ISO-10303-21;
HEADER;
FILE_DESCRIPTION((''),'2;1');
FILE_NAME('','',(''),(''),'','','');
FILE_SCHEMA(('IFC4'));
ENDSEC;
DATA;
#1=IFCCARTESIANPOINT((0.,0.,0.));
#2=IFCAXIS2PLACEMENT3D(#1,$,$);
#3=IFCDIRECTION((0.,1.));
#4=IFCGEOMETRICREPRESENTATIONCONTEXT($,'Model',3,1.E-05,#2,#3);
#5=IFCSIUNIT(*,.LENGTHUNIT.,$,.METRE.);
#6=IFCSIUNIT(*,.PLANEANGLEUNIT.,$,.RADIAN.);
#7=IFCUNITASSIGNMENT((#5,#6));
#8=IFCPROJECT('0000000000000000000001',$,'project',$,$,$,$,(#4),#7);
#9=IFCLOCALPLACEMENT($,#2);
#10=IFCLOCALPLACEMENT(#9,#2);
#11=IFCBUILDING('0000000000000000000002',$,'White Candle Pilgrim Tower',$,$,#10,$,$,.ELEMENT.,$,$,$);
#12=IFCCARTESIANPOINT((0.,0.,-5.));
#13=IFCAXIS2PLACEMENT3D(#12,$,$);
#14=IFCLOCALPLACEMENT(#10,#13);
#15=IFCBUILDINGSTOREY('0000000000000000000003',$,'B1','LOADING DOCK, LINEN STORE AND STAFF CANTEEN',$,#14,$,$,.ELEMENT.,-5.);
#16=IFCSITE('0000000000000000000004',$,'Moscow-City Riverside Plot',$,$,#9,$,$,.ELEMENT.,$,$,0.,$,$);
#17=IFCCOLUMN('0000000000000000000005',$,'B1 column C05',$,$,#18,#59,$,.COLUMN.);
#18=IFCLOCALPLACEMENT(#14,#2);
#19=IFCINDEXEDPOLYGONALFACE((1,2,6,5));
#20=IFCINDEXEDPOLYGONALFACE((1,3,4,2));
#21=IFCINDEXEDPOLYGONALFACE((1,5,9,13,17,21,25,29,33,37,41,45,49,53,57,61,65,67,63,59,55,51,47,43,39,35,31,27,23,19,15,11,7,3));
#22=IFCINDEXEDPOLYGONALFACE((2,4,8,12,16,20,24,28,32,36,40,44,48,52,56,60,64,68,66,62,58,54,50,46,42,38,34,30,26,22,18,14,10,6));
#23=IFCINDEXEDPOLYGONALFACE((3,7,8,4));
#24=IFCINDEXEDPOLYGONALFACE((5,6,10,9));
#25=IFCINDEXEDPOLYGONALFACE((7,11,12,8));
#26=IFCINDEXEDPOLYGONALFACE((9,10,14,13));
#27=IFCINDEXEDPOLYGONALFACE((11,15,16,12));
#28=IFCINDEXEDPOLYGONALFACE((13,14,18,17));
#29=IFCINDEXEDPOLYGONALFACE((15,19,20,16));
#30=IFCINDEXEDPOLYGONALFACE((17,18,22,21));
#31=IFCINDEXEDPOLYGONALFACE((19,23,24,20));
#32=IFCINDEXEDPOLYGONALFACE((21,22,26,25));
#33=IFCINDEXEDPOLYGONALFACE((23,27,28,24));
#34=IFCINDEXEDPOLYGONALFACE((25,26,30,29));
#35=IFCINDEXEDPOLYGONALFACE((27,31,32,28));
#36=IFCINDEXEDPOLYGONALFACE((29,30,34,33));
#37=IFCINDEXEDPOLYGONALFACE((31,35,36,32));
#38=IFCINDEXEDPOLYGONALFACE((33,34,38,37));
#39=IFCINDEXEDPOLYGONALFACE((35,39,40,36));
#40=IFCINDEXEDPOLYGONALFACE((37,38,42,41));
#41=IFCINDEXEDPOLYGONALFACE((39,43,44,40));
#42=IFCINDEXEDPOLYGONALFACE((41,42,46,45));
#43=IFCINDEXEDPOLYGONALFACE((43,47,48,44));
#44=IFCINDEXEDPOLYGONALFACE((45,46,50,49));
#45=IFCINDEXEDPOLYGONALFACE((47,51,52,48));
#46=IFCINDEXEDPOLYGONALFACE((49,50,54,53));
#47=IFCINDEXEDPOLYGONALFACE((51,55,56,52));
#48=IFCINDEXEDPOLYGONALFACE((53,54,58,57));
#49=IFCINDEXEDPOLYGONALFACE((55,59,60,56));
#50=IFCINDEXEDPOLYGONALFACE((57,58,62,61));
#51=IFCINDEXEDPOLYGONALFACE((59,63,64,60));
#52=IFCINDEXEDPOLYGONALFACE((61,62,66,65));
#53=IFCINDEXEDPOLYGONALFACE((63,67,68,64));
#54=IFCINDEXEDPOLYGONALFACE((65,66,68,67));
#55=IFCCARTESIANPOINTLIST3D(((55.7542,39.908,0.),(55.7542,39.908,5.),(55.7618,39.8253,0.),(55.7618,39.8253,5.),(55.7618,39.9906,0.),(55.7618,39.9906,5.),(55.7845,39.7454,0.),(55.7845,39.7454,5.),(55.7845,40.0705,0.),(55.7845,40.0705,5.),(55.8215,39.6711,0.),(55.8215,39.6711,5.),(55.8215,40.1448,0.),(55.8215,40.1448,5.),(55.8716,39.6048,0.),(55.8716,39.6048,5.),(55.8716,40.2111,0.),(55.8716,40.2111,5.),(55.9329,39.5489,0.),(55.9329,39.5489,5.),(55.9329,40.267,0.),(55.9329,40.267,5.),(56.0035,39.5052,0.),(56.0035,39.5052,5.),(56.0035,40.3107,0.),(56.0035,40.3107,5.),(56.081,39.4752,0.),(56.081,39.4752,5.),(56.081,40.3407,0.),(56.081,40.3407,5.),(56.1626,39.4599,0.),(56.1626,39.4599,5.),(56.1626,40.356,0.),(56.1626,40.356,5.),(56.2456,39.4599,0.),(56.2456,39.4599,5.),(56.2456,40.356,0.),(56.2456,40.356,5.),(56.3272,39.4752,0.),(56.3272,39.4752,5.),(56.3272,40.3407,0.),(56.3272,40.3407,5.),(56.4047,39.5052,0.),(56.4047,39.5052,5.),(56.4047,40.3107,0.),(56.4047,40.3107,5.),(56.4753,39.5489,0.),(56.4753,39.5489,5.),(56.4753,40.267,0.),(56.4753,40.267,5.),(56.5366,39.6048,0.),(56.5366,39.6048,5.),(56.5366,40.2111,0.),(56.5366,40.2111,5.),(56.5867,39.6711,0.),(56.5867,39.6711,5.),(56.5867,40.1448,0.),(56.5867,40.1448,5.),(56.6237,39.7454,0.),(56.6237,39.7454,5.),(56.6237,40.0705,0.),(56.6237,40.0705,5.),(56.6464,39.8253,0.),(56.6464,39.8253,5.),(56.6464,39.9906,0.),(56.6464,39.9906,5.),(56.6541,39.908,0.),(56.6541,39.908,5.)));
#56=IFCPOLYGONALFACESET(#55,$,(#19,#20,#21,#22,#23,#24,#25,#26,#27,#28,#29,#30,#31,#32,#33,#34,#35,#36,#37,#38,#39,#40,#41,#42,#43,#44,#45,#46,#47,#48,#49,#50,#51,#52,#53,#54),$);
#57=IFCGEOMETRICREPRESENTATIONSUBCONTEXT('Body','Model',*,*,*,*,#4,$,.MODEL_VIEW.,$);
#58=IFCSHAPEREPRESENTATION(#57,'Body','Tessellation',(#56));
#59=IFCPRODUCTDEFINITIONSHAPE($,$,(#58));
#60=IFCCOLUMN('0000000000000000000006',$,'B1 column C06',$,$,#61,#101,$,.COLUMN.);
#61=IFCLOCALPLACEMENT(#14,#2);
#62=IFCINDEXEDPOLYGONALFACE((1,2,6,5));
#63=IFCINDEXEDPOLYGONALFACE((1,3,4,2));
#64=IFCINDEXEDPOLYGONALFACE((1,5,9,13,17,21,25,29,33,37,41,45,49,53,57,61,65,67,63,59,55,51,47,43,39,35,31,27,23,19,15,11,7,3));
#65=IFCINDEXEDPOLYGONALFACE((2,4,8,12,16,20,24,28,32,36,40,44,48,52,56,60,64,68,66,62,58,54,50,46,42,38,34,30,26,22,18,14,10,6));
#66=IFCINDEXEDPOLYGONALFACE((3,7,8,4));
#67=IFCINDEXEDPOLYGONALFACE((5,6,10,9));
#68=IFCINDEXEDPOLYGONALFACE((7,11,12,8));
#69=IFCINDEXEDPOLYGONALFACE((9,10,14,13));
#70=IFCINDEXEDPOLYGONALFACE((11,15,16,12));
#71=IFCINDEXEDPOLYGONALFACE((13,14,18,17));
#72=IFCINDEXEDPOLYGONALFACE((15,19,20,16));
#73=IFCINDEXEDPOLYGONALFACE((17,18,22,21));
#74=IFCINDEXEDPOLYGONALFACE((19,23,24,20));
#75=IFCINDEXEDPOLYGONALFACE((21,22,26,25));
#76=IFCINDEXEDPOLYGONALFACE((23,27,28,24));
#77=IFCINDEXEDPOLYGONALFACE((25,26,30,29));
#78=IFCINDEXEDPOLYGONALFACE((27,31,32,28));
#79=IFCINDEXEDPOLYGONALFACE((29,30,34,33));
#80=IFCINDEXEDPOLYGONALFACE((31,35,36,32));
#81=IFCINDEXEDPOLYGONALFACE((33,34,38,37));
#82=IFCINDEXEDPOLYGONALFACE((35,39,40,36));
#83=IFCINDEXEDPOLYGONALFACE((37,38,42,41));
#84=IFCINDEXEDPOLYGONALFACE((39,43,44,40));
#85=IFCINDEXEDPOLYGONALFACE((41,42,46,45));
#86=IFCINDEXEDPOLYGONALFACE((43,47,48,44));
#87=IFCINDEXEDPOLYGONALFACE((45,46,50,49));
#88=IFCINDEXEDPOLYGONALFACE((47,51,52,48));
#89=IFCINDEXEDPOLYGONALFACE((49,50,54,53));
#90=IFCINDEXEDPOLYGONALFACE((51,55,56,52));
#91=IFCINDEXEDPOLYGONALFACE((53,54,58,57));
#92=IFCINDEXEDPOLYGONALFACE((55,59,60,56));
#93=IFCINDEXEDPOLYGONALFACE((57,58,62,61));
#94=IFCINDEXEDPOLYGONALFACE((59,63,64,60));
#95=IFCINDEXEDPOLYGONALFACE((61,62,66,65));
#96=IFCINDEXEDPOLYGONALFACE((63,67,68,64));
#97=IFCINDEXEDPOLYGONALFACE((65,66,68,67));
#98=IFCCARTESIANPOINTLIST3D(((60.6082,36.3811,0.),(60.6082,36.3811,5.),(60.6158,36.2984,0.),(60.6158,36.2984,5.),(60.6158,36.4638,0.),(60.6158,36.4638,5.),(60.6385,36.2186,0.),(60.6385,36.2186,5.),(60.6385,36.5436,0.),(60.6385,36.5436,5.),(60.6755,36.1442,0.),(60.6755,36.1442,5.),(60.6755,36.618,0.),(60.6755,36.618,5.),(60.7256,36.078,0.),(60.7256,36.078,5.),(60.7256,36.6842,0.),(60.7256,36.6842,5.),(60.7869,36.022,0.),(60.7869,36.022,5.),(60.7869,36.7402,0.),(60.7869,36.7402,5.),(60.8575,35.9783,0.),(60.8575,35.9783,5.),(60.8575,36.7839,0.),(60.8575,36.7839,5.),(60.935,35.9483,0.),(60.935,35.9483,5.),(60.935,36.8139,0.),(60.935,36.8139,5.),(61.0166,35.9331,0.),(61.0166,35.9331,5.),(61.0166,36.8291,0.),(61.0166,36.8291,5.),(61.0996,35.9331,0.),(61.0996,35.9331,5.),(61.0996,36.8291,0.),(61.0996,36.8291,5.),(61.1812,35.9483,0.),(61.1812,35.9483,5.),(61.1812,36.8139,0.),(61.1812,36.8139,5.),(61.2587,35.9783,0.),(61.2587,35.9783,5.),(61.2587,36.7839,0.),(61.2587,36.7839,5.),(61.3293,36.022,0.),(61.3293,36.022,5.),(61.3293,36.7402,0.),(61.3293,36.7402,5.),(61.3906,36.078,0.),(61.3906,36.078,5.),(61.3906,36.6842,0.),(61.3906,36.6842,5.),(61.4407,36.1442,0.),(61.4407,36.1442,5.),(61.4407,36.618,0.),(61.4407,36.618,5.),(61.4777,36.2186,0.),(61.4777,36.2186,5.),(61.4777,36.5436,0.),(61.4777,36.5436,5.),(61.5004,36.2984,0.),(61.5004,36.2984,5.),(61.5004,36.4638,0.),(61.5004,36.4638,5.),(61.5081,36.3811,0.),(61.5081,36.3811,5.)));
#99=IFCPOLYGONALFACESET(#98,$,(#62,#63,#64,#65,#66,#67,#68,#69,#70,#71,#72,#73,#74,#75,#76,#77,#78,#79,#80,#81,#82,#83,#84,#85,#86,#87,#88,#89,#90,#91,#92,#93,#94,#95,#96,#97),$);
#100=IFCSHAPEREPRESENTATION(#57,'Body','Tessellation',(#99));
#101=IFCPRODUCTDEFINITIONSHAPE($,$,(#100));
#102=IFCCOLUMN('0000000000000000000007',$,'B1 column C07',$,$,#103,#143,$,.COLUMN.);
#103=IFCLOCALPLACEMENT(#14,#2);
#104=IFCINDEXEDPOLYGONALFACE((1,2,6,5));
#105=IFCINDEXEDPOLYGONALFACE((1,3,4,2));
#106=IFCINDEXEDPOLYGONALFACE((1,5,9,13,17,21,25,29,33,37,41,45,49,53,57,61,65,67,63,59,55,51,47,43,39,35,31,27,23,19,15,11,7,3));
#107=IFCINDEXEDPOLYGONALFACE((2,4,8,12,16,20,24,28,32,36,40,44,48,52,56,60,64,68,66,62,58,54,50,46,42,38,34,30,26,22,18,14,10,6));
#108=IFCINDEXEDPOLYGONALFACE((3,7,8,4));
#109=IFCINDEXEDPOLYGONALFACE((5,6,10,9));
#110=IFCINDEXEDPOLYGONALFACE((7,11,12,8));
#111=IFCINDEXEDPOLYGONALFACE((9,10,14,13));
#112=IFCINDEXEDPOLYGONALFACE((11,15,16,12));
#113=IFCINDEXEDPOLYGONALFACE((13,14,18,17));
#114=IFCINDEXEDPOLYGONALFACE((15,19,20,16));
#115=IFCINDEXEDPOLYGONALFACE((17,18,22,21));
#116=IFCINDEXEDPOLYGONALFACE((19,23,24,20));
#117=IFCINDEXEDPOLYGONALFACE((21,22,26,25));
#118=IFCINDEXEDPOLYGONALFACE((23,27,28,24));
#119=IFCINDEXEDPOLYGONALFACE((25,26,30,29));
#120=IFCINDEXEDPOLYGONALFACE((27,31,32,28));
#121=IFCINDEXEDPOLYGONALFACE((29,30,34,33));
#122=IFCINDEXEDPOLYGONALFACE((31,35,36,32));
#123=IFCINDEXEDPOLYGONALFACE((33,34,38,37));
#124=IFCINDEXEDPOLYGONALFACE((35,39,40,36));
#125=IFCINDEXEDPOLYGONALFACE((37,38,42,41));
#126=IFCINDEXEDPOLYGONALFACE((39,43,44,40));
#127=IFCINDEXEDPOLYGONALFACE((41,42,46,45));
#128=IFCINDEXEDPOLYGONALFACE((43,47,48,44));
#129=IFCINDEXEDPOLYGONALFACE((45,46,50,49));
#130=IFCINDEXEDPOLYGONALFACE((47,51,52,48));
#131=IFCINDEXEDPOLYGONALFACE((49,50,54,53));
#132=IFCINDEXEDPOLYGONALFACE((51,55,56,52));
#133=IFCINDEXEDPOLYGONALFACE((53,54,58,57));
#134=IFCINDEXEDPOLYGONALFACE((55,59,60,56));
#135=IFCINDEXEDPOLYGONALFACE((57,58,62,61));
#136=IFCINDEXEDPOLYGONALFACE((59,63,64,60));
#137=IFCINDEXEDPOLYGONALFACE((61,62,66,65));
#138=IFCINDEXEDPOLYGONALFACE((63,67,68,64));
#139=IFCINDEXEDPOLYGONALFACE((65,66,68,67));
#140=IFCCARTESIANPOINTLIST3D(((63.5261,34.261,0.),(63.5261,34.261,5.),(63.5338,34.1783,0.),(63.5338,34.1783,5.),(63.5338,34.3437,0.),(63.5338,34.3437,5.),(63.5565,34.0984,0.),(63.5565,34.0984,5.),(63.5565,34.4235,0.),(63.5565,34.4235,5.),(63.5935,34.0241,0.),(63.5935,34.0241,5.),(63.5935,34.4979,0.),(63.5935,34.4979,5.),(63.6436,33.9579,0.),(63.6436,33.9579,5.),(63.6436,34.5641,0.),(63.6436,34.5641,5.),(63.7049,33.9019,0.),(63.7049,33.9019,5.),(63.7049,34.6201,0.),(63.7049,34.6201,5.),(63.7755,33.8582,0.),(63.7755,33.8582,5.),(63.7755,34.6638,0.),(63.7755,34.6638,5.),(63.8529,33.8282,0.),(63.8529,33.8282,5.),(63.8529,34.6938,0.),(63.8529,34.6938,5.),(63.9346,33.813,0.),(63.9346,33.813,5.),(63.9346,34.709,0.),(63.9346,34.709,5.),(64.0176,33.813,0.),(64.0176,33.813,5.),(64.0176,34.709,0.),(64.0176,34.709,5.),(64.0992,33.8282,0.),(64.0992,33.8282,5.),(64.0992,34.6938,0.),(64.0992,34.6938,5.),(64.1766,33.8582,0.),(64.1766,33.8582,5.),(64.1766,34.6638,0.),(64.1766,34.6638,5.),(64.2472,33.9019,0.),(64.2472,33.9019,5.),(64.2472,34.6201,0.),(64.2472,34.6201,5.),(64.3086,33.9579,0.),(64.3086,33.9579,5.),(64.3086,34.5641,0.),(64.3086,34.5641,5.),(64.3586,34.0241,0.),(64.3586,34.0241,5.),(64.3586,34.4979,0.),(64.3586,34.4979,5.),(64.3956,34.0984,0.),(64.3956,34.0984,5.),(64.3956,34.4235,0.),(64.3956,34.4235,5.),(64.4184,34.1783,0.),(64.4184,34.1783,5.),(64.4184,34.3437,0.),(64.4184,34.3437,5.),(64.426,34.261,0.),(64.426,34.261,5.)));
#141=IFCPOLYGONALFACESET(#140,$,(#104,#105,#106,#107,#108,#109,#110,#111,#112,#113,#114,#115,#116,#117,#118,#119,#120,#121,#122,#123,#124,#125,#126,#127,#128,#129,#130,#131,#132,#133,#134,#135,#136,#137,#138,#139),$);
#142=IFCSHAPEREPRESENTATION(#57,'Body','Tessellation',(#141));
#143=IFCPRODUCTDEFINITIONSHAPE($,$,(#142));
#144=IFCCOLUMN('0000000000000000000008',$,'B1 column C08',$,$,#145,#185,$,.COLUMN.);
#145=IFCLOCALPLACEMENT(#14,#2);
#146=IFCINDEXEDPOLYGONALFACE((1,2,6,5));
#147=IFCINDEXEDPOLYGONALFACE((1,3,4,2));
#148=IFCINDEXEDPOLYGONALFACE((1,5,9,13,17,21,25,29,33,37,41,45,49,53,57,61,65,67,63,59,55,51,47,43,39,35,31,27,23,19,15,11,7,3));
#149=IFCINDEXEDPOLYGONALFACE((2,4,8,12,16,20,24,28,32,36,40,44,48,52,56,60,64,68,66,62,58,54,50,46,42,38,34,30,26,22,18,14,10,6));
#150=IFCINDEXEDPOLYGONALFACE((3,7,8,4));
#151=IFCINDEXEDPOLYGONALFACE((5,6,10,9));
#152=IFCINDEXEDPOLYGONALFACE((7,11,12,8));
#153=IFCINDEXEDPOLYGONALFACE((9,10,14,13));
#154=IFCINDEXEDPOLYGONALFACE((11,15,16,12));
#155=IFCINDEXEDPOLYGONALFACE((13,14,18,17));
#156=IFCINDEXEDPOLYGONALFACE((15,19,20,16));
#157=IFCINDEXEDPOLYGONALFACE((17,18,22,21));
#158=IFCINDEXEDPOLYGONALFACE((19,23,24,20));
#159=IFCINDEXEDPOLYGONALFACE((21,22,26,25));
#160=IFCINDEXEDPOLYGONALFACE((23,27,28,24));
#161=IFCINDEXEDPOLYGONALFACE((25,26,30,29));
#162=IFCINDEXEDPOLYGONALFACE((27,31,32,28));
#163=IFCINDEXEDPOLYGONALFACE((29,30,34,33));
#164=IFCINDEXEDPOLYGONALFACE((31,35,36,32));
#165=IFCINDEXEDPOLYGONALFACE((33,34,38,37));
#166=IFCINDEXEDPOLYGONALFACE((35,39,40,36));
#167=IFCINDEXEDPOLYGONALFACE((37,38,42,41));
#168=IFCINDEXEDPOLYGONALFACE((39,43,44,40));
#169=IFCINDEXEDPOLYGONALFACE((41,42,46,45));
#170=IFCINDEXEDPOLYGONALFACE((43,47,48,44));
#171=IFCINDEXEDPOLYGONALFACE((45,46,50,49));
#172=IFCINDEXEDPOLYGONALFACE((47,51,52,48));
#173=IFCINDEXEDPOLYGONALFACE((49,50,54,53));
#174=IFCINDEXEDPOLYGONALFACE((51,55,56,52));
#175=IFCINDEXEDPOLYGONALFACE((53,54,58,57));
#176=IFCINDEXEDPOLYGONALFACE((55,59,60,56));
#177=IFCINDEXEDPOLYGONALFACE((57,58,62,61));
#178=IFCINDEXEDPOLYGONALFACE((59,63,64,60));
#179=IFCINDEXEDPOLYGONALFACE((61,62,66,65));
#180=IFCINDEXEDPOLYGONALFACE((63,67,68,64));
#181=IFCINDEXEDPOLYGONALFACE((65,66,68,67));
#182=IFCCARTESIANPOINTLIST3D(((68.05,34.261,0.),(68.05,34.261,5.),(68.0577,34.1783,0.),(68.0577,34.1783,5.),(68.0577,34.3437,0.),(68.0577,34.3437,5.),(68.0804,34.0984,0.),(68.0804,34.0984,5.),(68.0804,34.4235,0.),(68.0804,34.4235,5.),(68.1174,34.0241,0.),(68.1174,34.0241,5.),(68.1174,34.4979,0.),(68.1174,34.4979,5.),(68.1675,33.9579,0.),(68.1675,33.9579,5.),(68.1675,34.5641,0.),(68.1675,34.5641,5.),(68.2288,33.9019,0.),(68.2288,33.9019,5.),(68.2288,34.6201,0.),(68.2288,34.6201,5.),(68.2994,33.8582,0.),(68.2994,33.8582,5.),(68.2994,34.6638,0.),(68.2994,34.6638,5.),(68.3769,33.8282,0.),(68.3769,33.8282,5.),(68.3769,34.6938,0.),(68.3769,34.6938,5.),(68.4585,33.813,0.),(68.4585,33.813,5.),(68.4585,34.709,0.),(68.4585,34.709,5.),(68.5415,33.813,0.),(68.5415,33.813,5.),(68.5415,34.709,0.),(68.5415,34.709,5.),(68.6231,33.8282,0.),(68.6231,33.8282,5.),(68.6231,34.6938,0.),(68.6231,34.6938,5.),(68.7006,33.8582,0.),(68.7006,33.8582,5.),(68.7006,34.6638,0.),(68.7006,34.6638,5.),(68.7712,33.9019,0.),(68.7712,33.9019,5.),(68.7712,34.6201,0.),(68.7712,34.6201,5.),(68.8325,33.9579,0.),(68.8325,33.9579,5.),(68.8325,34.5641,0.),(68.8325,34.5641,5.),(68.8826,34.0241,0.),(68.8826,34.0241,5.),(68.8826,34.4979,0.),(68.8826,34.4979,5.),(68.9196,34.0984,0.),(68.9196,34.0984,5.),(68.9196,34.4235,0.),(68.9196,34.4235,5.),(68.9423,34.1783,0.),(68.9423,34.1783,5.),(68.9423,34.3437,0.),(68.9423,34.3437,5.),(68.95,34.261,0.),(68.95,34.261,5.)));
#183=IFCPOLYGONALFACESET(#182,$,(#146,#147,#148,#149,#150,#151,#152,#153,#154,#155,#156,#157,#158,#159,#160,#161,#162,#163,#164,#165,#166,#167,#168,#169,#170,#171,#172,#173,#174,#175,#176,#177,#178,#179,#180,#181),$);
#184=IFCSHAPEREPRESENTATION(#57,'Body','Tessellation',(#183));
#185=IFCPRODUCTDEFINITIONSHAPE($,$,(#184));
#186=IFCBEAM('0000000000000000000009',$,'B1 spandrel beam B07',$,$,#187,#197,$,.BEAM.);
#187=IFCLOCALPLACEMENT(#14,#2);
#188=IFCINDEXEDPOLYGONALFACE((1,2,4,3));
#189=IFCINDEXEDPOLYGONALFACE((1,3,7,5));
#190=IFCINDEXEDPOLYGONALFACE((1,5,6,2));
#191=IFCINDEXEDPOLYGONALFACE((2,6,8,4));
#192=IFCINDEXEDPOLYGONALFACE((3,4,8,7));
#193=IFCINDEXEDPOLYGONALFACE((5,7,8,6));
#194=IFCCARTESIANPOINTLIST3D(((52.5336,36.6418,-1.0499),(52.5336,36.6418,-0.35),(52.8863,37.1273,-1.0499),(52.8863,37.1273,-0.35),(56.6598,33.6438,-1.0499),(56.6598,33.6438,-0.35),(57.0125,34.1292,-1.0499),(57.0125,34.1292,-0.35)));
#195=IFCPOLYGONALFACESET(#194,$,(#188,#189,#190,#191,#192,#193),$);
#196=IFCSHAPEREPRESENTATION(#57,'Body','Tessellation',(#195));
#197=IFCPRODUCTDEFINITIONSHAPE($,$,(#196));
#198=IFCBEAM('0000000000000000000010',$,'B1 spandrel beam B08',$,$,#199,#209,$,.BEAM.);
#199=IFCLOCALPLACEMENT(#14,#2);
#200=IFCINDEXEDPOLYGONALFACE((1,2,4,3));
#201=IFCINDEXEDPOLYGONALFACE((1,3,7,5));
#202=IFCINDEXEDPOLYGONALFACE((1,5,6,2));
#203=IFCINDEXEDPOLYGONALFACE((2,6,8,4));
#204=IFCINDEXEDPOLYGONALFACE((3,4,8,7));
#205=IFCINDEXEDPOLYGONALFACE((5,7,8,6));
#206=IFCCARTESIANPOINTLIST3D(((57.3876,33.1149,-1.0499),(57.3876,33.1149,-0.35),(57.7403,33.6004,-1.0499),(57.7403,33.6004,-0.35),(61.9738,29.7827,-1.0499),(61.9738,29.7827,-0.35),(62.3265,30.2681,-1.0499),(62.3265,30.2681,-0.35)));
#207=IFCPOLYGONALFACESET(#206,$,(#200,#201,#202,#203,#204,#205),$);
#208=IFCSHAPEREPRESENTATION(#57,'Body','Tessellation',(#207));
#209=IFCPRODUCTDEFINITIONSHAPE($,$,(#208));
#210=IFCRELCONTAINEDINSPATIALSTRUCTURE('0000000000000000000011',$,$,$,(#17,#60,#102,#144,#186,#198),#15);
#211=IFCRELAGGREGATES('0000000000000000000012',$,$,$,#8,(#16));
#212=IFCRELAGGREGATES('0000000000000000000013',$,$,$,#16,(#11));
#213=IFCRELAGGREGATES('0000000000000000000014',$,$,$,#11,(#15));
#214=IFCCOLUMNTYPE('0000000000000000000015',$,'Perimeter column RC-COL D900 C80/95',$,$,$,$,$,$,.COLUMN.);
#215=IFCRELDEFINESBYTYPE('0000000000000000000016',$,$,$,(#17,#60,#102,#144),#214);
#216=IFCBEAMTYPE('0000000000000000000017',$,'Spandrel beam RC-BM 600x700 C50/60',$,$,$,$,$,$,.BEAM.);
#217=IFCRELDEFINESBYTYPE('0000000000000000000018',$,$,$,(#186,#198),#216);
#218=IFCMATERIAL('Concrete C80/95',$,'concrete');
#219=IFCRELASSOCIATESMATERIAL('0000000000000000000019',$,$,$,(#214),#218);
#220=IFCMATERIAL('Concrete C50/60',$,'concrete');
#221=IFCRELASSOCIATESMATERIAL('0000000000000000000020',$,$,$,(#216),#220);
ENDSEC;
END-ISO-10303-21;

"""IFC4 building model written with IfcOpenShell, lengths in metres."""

from ifc_helpers import new_model, si_unit, direction, frame, origin, origin_2d, place, context, subcontext, project, spatial, rectangle, circle, extrude, material, material_profile, profile_set, type_object, element, save


model = new_model("IFC4")

# Units and contexts
model_context = context("Model", 3, precision=1e-05, world=origin(), true_north=direction((0.0, 1.0)))
body_context = subcontext(model_context, "Body", "Model", "MODEL_VIEW")
ifc_project = project(units=[si_unit("LENGTHUNIT", "METRE"), si_unit("PLANEANGLEUNIT", "RADIAN")], contexts=[model_context])

# Site, building, storey
site_placement = place(None, origin())
site = spatial("IfcSite", under=ifc_project, at=site_placement, Name="Moscow-City Riverside Plot", CompositionType="ELEMENT", RefElevation=0.0)
building_placement = place(site_placement, origin())
building = spatial("IfcBuilding", under=site, at=building_placement, Name="White Candle Pilgrim Tower", CompositionType="ELEMENT")
storey_placement = place(building_placement, frame((0.0, 0.0, -5.0)))
storey = spatial("IfcBuildingStorey", under=building, at=storey_placement, Name="B1", Description="LOADING DOCK, LINEN STORE AND STAFF CANTEEN", CompositionType="ELEMENT", Elevation=-5.0)

# Columns
ifc_material_1 = material(Name="Concrete C80/95", Category="concrete")
ifc_material_profile_1 = material_profile(ifc_material_1, circle(Radius=0.45, at=origin_2d()), Name="RC-COL D900")
ifc_profile_set_1 = profile_set([ifc_material_profile_1], Name="Concrete C80/95")
column_type = type_object("IfcColumnType", Name="Perimeter column RC-COL D900 C80/95", PredefinedType="COLUMN", material=ifc_profile_set_1)
for number, where, z_axis, x_axis, name in (
    (1, (56.2041, 39.908, 0.0), (0.0, 0.0, 1.0), (1.0, 0.0, 0.0), "B1 column C05"),
    (2, (61.0581, 36.3811, 0.0), (0.0, 0.0, 1.0), (1.0, 0.0, 0.0), "B1 column C06"),
    (3, (63.9761, 34.261, 0.0), (0.0, 0.0, 1.0), (1.0, 0.0, 0.0), "B1 column C07"),
    (4, (68.5, 34.261, 0.0), (0.0, 0.0, 1.0), (1.0, 0.0, 0.0), "B1 column C08"),
):
    element("IfcColumn", number, at=place(storey_placement, frame(where, z_axis=z_axis, x_axis=x_axis)), inside=storey, type_object=column_type, Name=name, PredefinedType="COLUMN", context=body_context, shape_type="SweptSolid", body=[
        extrude(circle(Radius=0.45, at=origin_2d()), origin(), (0.0, 0.0, 1.0), 5.0),
    ])

# Beams
ifc_material_2 = material(Name="Concrete C50/60", Category="concrete")
ifc_material_profile_2 = material_profile(ifc_material_2, rectangle(XDim=0.6001, YDim=0.7, at=origin_2d()), Name="RC-BM 600x700")
ifc_profile_set_2 = profile_set([ifc_material_profile_2], Name="Concrete C50/60")
beam_type = type_object("IfcBeamType", Name="Spandrel beam RC-BM 600x700 C50/60", PredefinedType="BEAM", material=ifc_profile_set_2)
beam_1_placement = place(storey_placement, frame((52.71, 36.8845, -0.7), z_axis=(0.809001, -0.587807, 0.0), x_axis=(0.587807, 0.809001, 0.0)))
element("IfcBeam", 5, at=beam_1_placement, inside=storey, type_object=beam_type, Name="B1 spandrel beam B07", PredefinedType="BEAM", context=body_context, shape_type="SweptSolid", body=[
    extrude(rectangle(XDim=0.6001, YDim=0.7, at=origin_2d()), origin(), (0.0, 0.0, 1.0), 5.1003),
])
beam_2_placement = place(storey_placement, frame((57.564, 33.3577, -0.7), z_axis=(0.808999, -0.587811, 0.0), x_axis=(0.587811, 0.808999, 0.0)))
element("IfcBeam", 6, at=beam_2_placement, inside=storey, type_object=beam_type, Name="B1 spandrel beam B08", PredefinedType="BEAM", context=body_context, shape_type="SweptSolid", body=[
    extrude(rectangle(XDim=0.6001, YDim=0.7, at=origin_2d()), origin(), (0.0, 0.0, 1.0), 5.6689),
])

save(model, "model.ifc")
